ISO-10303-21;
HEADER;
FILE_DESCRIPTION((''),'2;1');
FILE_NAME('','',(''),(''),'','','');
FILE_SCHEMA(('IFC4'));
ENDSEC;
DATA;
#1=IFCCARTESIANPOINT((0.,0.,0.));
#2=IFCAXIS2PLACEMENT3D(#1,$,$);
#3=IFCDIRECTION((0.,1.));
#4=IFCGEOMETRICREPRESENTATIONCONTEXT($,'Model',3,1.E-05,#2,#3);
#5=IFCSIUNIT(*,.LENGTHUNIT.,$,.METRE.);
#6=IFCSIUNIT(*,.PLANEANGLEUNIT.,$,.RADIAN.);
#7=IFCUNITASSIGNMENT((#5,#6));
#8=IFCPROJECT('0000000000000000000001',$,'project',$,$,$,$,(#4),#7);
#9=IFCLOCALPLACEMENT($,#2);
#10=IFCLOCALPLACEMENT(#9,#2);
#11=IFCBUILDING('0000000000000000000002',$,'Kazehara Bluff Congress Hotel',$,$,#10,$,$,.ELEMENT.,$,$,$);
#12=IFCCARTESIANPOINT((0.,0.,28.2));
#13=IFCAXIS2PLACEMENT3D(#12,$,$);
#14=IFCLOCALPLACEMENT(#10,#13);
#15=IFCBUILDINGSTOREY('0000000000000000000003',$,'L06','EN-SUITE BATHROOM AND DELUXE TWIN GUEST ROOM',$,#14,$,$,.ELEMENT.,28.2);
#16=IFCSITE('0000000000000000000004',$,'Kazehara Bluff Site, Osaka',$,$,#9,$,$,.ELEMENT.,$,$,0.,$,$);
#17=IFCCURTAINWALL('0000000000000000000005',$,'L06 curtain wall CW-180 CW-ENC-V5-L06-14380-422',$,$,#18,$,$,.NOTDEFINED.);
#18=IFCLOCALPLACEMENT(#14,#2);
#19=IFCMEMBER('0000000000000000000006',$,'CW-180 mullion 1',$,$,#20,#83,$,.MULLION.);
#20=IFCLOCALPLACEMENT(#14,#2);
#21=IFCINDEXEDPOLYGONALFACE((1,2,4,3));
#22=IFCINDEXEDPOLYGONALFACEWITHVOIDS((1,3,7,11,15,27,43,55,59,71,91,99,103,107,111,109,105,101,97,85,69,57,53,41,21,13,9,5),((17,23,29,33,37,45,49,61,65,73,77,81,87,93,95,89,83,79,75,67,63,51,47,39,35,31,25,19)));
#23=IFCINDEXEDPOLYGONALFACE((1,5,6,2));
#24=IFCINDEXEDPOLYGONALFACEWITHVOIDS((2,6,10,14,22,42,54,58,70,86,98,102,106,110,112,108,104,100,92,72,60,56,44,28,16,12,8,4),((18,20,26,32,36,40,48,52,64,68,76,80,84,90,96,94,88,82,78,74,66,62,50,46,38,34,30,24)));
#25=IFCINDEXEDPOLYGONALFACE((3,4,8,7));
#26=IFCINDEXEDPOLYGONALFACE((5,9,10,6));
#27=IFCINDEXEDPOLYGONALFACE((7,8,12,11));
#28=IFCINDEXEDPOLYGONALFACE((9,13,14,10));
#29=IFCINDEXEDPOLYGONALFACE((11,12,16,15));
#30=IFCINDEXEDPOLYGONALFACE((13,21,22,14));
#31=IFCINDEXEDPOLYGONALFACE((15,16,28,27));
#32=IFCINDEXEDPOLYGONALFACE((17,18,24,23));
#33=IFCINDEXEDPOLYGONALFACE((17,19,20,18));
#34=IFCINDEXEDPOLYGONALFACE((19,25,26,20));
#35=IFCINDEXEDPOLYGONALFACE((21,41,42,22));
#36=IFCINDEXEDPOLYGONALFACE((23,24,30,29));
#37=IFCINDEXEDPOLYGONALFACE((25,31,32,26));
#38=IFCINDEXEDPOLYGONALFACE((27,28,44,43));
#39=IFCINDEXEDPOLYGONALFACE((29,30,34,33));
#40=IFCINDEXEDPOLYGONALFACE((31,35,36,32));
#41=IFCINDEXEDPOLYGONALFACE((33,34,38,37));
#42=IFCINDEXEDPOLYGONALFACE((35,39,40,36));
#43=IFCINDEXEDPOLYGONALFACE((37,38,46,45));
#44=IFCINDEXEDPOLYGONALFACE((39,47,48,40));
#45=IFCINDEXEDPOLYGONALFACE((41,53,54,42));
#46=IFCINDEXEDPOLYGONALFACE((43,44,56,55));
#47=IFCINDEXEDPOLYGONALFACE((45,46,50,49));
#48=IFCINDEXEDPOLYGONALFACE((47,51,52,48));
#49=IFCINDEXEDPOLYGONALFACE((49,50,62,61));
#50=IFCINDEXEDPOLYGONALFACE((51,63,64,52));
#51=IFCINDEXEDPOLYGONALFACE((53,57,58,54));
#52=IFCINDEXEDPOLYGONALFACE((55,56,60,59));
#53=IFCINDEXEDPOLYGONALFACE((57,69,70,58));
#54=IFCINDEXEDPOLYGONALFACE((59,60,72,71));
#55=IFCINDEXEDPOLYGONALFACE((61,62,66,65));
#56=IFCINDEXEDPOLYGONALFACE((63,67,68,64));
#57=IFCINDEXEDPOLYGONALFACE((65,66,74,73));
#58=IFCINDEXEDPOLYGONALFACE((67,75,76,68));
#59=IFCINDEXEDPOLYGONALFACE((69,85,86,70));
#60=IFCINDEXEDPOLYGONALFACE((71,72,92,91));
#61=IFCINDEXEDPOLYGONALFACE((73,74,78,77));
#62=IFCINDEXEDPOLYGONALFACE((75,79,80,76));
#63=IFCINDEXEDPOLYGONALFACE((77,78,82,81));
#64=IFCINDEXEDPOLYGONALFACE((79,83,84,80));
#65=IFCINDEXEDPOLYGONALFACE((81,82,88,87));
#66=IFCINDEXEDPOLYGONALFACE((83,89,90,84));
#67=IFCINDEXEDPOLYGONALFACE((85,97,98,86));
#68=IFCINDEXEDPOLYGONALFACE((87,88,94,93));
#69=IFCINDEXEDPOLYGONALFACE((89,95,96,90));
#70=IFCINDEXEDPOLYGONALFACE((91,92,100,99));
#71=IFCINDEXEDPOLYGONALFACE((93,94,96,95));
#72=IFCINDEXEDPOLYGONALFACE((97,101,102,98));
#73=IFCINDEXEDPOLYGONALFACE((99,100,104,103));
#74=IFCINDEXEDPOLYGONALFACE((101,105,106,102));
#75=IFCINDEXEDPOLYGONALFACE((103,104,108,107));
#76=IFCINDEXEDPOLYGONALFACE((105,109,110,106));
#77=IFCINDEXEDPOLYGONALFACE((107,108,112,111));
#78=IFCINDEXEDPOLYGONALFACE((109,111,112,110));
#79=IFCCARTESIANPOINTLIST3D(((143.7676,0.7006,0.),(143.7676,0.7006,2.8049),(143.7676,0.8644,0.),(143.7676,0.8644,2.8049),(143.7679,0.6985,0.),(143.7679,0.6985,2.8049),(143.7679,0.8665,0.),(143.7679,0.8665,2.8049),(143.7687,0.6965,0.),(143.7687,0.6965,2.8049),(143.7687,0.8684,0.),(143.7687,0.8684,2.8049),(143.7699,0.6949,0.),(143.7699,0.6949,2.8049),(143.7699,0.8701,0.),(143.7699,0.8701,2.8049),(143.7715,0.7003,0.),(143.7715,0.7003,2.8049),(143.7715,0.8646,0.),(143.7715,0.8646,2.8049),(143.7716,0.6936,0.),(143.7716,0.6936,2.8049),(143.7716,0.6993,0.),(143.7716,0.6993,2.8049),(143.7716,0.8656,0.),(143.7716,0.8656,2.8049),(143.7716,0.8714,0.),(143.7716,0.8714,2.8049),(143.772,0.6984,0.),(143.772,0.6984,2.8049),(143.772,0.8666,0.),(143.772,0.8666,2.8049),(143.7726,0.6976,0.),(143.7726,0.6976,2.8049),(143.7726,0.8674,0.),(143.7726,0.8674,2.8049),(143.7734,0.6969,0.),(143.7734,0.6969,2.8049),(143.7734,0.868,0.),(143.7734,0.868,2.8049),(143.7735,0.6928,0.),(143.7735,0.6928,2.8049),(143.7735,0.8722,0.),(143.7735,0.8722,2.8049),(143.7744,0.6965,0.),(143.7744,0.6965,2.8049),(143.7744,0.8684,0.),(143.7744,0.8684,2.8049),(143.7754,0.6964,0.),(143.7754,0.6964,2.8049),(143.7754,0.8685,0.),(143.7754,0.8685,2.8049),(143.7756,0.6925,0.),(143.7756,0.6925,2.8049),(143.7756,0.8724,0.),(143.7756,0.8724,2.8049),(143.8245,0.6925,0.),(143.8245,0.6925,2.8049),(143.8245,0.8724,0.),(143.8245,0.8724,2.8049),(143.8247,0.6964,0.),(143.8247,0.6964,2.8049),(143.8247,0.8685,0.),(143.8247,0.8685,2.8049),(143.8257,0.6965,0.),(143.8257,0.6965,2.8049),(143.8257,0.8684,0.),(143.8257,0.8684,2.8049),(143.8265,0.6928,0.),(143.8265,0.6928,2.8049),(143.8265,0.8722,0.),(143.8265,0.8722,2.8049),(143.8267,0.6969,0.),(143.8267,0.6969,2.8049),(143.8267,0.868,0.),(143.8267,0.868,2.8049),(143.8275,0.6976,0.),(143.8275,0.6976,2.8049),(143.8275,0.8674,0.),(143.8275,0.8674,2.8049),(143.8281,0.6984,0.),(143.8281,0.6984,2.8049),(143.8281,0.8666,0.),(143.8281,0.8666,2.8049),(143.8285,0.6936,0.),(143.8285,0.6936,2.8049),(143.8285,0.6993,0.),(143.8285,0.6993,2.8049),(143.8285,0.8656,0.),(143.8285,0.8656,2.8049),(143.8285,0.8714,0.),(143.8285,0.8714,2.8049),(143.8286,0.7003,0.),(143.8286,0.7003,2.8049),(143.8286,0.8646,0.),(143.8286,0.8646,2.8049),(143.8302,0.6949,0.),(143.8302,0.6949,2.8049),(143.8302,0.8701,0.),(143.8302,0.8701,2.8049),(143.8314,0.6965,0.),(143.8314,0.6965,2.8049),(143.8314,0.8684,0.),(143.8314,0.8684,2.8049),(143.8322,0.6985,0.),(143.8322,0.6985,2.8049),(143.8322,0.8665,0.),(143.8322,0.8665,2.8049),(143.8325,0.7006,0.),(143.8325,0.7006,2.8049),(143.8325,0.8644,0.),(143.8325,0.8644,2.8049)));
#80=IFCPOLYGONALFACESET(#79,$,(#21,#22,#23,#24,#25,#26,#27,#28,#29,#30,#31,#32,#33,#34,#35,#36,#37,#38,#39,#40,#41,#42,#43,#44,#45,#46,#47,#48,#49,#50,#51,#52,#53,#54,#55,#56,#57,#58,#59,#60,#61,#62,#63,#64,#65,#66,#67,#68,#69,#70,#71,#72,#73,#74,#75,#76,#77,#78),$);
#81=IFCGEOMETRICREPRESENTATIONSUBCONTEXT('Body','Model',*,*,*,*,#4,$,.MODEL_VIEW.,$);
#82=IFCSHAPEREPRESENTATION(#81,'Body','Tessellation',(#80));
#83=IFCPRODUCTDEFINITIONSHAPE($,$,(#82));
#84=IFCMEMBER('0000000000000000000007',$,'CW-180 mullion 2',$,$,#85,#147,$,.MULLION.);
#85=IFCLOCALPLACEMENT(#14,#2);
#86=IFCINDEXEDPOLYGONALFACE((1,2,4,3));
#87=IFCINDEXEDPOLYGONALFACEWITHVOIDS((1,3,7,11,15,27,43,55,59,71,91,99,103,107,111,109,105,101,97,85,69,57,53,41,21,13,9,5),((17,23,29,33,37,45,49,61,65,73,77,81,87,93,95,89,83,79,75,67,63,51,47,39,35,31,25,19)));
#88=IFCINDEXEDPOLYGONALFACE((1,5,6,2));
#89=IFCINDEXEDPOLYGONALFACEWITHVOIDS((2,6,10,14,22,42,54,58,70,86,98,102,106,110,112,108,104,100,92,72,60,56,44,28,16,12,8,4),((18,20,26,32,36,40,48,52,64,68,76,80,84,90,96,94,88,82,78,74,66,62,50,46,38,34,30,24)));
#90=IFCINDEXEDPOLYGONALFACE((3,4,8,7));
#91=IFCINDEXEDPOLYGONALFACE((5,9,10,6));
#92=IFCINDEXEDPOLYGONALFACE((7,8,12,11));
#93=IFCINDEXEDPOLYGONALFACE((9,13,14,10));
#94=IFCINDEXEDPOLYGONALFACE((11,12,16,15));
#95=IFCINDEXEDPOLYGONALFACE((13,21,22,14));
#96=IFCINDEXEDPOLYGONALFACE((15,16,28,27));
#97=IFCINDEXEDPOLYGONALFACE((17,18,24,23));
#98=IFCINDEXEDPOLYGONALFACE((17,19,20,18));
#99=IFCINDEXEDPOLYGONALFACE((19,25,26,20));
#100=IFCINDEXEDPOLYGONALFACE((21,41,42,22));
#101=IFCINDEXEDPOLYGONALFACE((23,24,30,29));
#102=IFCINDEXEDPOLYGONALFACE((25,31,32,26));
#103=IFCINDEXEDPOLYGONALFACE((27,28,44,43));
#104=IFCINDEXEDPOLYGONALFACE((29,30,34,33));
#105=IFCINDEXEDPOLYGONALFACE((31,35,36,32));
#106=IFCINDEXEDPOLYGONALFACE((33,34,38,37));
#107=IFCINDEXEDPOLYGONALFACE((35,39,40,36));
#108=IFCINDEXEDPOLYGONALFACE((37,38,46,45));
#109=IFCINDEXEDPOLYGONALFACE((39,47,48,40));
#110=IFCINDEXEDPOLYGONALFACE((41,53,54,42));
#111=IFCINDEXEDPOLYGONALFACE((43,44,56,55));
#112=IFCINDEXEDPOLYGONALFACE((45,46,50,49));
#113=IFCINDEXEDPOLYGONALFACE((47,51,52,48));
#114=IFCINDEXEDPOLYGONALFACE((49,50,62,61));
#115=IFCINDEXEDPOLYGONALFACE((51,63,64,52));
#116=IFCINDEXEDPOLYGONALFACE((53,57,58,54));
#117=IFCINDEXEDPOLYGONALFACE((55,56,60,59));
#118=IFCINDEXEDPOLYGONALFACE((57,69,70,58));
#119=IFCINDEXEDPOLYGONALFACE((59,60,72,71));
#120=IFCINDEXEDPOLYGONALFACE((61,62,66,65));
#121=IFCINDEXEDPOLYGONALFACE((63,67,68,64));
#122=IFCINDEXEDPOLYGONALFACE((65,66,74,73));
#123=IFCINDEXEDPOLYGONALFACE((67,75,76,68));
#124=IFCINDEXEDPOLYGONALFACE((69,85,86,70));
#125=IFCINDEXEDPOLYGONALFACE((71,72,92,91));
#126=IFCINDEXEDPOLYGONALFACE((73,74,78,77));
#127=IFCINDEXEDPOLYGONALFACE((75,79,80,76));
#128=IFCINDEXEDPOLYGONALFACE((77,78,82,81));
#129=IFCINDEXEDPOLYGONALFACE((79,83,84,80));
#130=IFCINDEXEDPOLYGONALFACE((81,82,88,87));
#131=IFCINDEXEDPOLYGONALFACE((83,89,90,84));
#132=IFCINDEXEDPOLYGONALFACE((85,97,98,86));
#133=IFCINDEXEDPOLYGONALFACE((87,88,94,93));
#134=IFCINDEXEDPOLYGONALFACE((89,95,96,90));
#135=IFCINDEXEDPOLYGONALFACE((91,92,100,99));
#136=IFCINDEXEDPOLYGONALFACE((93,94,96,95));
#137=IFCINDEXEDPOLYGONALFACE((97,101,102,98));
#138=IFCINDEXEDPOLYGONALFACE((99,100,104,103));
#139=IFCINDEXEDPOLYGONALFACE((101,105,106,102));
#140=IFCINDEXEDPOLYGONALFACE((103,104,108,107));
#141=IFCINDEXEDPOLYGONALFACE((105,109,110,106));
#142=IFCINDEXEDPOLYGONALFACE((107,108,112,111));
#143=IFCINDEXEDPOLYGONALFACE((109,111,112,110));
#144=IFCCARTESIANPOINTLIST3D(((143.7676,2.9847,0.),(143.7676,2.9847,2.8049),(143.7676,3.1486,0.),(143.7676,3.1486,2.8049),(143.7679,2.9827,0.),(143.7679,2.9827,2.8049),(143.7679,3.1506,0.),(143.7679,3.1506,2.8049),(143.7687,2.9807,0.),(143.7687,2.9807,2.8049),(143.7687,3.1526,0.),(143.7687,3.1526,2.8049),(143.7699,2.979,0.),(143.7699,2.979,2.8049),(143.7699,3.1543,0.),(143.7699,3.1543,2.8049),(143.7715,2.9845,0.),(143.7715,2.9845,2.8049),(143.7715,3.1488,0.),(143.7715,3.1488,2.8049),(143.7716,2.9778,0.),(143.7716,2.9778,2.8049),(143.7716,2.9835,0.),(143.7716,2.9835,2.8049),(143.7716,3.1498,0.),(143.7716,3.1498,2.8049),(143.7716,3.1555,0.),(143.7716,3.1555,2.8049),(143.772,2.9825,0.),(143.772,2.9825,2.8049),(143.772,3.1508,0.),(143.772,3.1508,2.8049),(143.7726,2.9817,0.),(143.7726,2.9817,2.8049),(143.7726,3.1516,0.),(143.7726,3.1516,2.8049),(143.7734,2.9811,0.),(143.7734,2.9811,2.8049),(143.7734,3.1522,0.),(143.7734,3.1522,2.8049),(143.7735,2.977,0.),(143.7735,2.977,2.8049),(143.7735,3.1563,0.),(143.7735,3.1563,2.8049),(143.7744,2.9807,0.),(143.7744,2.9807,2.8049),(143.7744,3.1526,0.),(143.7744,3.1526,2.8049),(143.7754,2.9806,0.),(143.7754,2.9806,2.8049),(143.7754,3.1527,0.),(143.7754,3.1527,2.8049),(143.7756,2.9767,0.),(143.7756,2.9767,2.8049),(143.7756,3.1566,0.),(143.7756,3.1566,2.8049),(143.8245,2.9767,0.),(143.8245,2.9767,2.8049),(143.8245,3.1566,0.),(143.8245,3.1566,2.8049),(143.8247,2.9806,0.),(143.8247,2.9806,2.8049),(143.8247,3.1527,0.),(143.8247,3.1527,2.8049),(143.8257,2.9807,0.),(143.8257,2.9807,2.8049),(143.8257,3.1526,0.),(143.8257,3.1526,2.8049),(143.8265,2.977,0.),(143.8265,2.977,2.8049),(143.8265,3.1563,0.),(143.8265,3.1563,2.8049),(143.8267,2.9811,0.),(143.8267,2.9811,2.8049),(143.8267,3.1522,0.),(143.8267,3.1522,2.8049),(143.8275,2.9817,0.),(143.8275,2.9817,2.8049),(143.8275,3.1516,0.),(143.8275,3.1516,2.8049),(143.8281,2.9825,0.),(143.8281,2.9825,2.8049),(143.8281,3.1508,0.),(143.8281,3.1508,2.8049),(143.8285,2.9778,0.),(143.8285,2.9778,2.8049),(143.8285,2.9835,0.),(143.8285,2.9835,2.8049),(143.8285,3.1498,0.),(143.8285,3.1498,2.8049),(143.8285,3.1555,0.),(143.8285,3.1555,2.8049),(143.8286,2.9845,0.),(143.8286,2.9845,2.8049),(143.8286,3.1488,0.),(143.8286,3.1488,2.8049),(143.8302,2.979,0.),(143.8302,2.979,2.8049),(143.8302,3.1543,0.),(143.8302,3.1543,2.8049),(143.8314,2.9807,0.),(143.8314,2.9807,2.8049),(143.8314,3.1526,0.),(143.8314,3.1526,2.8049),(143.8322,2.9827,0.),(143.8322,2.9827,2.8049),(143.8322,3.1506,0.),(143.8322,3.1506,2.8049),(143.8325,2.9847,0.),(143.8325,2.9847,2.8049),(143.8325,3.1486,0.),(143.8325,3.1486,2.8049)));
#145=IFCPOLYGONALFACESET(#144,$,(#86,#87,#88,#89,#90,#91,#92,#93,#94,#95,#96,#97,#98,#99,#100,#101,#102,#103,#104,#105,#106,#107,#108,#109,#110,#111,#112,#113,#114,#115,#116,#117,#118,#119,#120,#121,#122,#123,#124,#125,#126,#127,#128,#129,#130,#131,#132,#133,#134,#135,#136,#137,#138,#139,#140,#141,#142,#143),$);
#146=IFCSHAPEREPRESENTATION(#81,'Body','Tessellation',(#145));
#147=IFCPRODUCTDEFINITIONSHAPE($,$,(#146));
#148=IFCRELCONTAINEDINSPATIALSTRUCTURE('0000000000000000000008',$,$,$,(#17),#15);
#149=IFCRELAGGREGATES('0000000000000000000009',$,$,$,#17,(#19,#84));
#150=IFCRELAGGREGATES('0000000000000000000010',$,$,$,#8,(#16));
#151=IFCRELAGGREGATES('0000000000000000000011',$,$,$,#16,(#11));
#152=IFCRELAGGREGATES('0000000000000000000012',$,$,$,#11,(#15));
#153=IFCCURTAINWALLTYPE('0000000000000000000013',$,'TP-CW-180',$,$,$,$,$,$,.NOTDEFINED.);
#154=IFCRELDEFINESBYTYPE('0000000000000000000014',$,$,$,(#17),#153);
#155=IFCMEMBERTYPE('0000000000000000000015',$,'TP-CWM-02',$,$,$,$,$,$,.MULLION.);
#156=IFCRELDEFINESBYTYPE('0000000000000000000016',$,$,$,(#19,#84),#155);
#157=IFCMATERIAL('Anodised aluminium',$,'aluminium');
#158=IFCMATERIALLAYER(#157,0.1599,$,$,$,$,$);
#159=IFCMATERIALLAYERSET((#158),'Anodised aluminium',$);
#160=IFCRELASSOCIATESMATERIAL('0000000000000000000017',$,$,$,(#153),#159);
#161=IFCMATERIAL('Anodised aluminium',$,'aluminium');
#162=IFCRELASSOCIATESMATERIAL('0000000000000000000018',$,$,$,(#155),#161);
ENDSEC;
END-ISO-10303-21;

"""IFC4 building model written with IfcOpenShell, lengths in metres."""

from ifc_helpers import new_model, si_unit, direction, frame, origin, origin_2d, place, context, subcontext, project, spatial, hollow_rectangle, extrude, material, layer, layer_set, material_profile, profile_set, type_object, element, aggregate, save


model = new_model("IFC4")

# Units and contexts
model_context = context("Model", 3, precision=1e-05, world=origin(), true_north=direction((0.0, 1.0)))
body_context = subcontext(model_context, "Body", "Model", "MODEL_VIEW")
ifc_project = project(units=[si_unit("LENGTHUNIT", "METRE"), si_unit("PLANEANGLEUNIT", "RADIAN")], contexts=[model_context])

# Site, building, storey
site_placement = place(None, origin())
site = spatial("IfcSite", under=ifc_project, at=site_placement, Name="Kazehara Bluff Site, Osaka", CompositionType="ELEMENT", RefElevation=0.0)
building_placement = place(site_placement, origin())
building = spatial("IfcBuilding", under=site, at=building_placement, Name="Kazehara Bluff Congress Hotel", CompositionType="ELEMENT")
storey_placement = place(building_placement, frame((0.0, 0.0, 28.2)))
storey = spatial("IfcBuildingStorey", under=building, at=storey_placement, Name="L06", Description="EN-SUITE BATHROOM AND DELUXE TWIN GUEST ROOM", CompositionType="ELEMENT", Elevation=28.2)

# Curtain wall, members
ifc_material_1 = material(Name="Anodised aluminium", Category="aluminium")
ifc_layer_1 = layer(ifc_material_1, 0.1599)
ifc_layer_set_1 = layer_set([ifc_layer_1], Name="Anodised aluminium")
curtain_wall_type = type_object("IfcCurtainWallType", Name="TP-CW-180", PredefinedType="NOTDEFINED", material=ifc_layer_set_1)
curtain_wall_placement = place(storey_placement, origin())
curtain_wall = element("IfcCurtainWall", 1, at=curtain_wall_placement, inside=storey, type_object=curtain_wall_type, Name="L06 curtain wall CW-180 CW-ENC-V5-L06-14380-422", PredefinedType="NOTDEFINED")
ifc_material_2 = material(Name="Anodised aluminium", Category="aluminium")
ifc_material_profile_1 = material_profile(ifc_material_2, hollow_rectangle(XDim=0.0649, YDim=0.1799, WallThickness=0.0039, InnerFilletRadius=0.0039, OuterFilletRadius=0.0081, at=origin_2d()))
ifc_profile_set_1 = profile_set([ifc_material_profile_1], Name="Anodised aluminium")
member_type_1 = type_object("IfcMemberType", Name="TP-CWM-02", PredefinedType="MULLION", material=ifc_profile_set_1)
member_1_placement = place(storey_placement, frame((143.8, 0.7825, 0.0), z_axis=(0.0, 0.0, 1.0), x_axis=(-1.0, 0.0, 0.0)))
member_1 = element("IfcMember", 2, at=member_1_placement, type_object=member_type_1, Name="CW-180 mullion 1", PredefinedType="MULLION", context=body_context, shape_type="SweptSolid", body=[
    extrude(hollow_rectangle(XDim=0.0649, YDim=0.1799, WallThickness=0.0039, InnerFilletRadius=0.0039, OuterFilletRadius=0.0081, at=origin_2d()), origin(), (0.0, 0.0, 1.0), 2.8049),
])
member_2_placement = place(storey_placement, frame((143.8, 3.0667, 0.0), z_axis=(0.0, 0.0, 1.0), x_axis=(-1.0, 0.0, 0.0)))
member_2 = element("IfcMember", 3, at=member_2_placement, type_object=member_type_1, Name="CW-180 mullion 2", PredefinedType="MULLION", context=body_context, shape_type="SweptSolid", body=[
    extrude(hollow_rectangle(XDim=0.0649, YDim=0.1799, WallThickness=0.0039, InnerFilletRadius=0.0039, OuterFilletRadius=0.0081, at=origin_2d()), origin(), (0.0, 0.0, 1.0), 2.8049),
])
aggregate(curtain_wall, [member_1, member_2])

save(model, "model.ifc")
